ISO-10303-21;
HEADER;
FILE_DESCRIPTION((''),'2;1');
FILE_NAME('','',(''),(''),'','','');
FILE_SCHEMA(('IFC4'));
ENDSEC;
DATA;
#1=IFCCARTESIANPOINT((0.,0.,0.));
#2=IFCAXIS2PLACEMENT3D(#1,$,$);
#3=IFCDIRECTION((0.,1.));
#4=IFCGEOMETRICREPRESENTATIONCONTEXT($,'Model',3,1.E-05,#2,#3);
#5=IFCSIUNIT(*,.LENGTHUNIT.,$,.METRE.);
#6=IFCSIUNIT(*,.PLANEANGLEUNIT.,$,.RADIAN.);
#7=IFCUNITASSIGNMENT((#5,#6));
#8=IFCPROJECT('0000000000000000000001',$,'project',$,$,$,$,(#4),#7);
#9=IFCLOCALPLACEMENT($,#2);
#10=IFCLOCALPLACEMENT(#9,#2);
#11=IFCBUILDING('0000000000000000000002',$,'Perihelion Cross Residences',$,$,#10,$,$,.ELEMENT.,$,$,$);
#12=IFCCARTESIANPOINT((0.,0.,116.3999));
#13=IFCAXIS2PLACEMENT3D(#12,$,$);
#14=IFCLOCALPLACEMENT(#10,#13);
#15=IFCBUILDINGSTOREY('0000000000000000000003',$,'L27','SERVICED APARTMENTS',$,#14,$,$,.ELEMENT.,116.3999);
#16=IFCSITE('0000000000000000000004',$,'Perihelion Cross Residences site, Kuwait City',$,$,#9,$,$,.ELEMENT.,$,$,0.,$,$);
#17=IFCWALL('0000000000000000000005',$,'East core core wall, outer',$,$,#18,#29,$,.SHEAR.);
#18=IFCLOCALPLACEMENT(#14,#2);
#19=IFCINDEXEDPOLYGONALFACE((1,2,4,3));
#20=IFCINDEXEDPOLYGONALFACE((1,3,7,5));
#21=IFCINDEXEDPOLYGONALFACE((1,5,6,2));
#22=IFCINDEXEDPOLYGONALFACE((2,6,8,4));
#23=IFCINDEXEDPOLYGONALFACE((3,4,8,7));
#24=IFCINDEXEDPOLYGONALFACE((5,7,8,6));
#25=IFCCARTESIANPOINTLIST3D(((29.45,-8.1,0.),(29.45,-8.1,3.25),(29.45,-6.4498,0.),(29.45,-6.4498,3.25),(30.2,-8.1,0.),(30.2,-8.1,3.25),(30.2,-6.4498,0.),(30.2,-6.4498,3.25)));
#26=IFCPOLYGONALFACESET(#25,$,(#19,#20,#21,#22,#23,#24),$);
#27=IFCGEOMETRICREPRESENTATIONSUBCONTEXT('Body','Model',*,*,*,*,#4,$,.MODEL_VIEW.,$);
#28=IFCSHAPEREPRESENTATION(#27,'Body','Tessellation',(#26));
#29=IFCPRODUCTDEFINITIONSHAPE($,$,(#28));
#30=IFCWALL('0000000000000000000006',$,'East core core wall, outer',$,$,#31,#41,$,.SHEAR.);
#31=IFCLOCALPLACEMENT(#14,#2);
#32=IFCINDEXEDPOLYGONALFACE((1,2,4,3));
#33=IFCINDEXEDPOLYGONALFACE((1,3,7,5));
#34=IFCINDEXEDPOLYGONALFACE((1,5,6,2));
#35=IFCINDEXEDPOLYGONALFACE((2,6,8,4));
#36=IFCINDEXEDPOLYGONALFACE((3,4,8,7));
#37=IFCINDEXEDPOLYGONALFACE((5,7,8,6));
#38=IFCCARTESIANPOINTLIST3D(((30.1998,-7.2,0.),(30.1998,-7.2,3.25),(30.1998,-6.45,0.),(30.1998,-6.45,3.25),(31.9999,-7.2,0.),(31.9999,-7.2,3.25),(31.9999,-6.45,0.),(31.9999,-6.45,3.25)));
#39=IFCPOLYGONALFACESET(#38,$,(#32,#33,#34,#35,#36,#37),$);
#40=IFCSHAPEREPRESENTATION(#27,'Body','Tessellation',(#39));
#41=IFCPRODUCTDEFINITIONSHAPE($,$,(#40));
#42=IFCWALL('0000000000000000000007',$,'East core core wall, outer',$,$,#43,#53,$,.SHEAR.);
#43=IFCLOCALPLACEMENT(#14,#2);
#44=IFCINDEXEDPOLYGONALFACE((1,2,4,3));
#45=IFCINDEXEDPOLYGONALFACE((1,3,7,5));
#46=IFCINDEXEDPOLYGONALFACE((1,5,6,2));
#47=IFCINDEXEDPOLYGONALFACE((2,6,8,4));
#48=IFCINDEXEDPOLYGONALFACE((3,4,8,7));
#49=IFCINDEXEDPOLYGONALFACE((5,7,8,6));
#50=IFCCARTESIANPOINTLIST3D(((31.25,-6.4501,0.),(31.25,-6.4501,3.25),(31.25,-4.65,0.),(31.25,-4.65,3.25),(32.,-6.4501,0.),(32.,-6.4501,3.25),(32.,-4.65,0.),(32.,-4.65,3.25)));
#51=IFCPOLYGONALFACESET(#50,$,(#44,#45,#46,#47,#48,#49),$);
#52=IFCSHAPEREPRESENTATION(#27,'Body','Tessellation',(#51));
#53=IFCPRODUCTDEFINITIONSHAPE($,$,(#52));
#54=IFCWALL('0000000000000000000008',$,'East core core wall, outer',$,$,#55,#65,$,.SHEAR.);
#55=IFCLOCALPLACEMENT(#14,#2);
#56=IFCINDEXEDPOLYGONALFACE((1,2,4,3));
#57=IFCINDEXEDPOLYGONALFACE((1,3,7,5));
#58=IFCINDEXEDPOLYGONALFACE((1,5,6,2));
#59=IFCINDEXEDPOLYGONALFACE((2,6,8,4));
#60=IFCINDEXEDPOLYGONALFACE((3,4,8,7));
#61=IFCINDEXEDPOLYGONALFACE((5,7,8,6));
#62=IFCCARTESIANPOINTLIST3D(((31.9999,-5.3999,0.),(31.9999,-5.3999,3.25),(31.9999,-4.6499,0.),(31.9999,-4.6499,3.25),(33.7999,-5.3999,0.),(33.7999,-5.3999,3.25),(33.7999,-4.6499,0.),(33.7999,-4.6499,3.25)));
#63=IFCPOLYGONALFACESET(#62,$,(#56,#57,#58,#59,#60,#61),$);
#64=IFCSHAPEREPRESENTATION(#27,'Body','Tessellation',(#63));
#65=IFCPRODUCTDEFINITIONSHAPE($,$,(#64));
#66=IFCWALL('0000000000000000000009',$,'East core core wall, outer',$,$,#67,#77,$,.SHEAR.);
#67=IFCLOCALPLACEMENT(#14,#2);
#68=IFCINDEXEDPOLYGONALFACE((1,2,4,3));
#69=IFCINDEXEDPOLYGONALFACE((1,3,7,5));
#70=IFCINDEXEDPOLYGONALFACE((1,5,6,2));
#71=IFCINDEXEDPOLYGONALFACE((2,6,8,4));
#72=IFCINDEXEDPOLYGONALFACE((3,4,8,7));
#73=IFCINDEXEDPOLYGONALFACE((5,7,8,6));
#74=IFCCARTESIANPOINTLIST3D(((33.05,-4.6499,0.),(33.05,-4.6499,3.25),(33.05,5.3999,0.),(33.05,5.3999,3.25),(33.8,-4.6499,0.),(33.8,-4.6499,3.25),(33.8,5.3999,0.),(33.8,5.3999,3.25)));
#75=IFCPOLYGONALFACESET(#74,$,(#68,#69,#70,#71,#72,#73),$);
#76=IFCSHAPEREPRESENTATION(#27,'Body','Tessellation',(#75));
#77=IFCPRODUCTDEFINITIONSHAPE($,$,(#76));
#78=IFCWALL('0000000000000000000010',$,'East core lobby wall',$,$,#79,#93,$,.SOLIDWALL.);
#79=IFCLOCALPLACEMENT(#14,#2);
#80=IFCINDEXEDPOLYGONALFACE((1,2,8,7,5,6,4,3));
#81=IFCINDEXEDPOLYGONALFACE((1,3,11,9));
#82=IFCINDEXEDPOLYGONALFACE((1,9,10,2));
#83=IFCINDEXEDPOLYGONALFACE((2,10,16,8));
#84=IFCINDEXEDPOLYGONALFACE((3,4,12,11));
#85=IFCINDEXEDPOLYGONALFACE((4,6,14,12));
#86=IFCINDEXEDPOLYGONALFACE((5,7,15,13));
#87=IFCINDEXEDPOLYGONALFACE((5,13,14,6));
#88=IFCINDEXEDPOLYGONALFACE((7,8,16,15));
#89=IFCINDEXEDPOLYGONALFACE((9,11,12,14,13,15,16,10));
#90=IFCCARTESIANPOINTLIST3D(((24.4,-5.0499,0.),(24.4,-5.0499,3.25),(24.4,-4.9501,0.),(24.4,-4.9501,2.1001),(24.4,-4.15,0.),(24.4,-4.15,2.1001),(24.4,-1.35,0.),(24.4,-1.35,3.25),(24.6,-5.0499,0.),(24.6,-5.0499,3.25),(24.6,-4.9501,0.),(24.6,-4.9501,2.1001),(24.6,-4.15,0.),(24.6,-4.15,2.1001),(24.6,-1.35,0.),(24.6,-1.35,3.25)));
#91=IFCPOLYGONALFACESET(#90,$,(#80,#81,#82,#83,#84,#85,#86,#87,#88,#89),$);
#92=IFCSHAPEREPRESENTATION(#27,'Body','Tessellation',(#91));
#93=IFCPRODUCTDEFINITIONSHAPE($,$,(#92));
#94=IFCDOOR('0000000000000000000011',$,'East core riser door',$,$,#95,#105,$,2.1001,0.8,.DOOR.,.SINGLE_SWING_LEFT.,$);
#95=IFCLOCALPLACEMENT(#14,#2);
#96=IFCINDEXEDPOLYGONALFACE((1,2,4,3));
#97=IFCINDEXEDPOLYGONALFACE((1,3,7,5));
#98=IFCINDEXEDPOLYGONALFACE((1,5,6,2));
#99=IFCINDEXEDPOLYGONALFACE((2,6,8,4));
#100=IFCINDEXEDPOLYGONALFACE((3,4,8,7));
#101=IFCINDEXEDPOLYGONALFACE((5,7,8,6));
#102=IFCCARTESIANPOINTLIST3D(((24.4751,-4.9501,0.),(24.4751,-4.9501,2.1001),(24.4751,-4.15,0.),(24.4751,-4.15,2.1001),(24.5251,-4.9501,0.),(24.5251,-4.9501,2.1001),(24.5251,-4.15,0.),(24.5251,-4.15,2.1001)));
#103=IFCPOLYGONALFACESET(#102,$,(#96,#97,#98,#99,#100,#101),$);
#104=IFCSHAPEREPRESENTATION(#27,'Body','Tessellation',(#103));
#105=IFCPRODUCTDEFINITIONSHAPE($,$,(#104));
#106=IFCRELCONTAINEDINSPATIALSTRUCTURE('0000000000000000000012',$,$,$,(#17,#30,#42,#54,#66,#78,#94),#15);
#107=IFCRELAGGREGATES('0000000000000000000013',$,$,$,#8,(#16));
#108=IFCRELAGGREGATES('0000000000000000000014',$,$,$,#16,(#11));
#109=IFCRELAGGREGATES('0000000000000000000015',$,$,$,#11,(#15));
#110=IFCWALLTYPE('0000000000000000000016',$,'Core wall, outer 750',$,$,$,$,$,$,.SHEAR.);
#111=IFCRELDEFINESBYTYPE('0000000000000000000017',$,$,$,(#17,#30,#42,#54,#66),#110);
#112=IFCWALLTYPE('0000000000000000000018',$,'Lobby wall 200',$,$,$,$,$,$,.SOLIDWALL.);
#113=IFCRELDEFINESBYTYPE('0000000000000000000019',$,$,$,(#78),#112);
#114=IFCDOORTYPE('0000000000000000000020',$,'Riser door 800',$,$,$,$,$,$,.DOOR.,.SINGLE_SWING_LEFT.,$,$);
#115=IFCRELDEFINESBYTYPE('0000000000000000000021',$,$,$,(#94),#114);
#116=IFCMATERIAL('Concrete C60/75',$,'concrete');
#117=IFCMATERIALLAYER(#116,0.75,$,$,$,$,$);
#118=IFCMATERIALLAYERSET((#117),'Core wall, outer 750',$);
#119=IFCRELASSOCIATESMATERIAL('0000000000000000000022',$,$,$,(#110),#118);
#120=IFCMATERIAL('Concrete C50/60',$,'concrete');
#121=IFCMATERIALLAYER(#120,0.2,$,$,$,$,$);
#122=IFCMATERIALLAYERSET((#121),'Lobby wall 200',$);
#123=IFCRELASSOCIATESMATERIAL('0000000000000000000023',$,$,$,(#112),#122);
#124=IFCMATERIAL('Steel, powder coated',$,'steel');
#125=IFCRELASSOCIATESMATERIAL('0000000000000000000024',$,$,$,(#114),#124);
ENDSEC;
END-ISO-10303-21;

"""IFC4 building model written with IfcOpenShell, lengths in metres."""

from ifc_helpers import new_model, si_unit, direction, frame, frame_2d, origin, place, context, subcontext, project, spatial, rectangle, extrude, material, layer, layer_set, type_object, element, fill, save


model = new_model("IFC4")

# Units and contexts
model_context = context("Model", 3, precision=1e-05, world=origin(), true_north=direction((0.0, 1.0)))
body_context = subcontext(model_context, "Body", "Model", "MODEL_VIEW")
ifc_project = project(units=[si_unit("LENGTHUNIT", "METRE"), si_unit("PLANEANGLEUNIT", "RADIAN")], contexts=[model_context])

# Site, building, storey
site_placement = place(None, origin())
site = spatial("IfcSite", under=ifc_project, at=site_placement, Name="Perihelion Cross Residences site, Kuwait City", CompositionType="ELEMENT", RefElevation=0.0)
building_placement = place(site_placement, origin())
building = spatial("IfcBuilding", under=site, at=building_placement, Name="Perihelion Cross Residences", CompositionType="ELEMENT")
storey_placement = place(building_placement, frame((0.0, 0.0, 116.3999)))
storey = spatial("IfcBuildingStorey", under=building, at=storey_placement, Name="L27", Description="SERVICED APARTMENTS", CompositionType="ELEMENT", Elevation=116.3999)

# Walls
ifc_material_1 = material(Name="Concrete C60/75", Category="concrete")
ifc_layer_1 = layer(ifc_material_1, 0.75)
ifc_layer_set_1 = layer_set([ifc_layer_1], Name="Core wall, outer 750")
wall_type_1 = type_object("IfcWallType", Name="Core wall, outer 750", PredefinedType="SHEAR", material=ifc_layer_set_1)
wall_1_placement = place(storey_placement, frame((29.825, -8.1001, 0.0), z_axis=(0.0, 0.0, 1.0), x_axis=(0.0, 1.0, 0.0)))
element("IfcWall", 1, at=wall_1_placement, inside=storey, type_object=wall_type_1, Name="East core core wall, outer", PredefinedType="SHEAR", context=body_context, shape_type="SweptSolid", body=[
    extrude(rectangle(XDim=1.6501, YDim=0.75, at=frame_2d((0.8252, 0.0))), origin(), (0.0, 0.0, 1.0), 3.25),
])
for number, where, z_axis, x_axis, name in (
    (2, (30.2, -6.825, 0.0), (0.0, 0.0, 1.0), (1.0, 0.0, 0.0), "East core core wall, outer"),
    (3, (31.625, -6.45, 0.0), (0.0, 0.0, 1.0), (0.0, 1.0, 0.0), "East core core wall, outer"),
    (4, (32.0, -5.0249, 0.0), (0.0, 0.0, 1.0), (1.0, 0.0, 0.0), "East core core wall, outer"),
):
    element("IfcWall", number, at=place(storey_placement, frame(where, z_axis=z_axis, x_axis=x_axis)), inside=storey, type_object=wall_type_1, Name=name, PredefinedType="SHEAR", context=body_context, shape_type="SweptSolid", body=[
        extrude(rectangle(XDim=1.8, YDim=0.75, at=frame_2d((0.8999, 0.0))), origin(), (0.0, 0.0, 1.0), 3.25),
    ])
wall_2_placement = place(storey_placement, frame((33.425, -4.6499, 0.0), z_axis=(0.0, 0.0, 1.0), x_axis=(0.0, 1.0, 0.0)))
element("IfcWall", 5, at=wall_2_placement, inside=storey, type_object=wall_type_1, Name="East core core wall, outer", PredefinedType="SHEAR", context=body_context, shape_type="SweptSolid", body=[
    extrude(rectangle(XDim=10.0498, YDim=0.75, at=frame_2d((5.0249, 0.0))), origin(), (0.0, 0.0, 1.0), 3.25),
])

# Wall, opening, door
ifc_material_2 = material(Name="Concrete C50/60", Category="concrete")
ifc_layer_2 = layer(ifc_material_2, 0.2)
ifc_layer_set_2 = layer_set([ifc_layer_2], Name="Lobby wall 200")
wall_type_2 = type_object("IfcWallType", Name="Lobby wall 200", PredefinedType="SOLIDWALL", material=ifc_layer_set_2)
wall_3_placement = place(storey_placement, frame((24.5, -5.05, 0.0), z_axis=(0.0, 0.0, 1.0), x_axis=(0.0, 1.0, 0.0)))
wall_3 = element("IfcWall", 6, at=wall_3_placement, inside=storey, type_object=wall_type_2, Name="East core lobby wall", PredefinedType="SOLIDWALL", context=body_context, shape_type="SweptSolid", body=[
    extrude(rectangle(XDim=3.7, YDim=0.2, at=frame_2d((1.8501, 0.0))), origin(), (0.0, 0.0, 1.0), 3.25),
])
opening_1_placement = place(wall_3_placement, frame((0.1001, 0.0, 0.0)))
opening_1 = element("IfcOpeningElement", 7, at=opening_1_placement, cuts=wall_3, PredefinedType="OPENING", context=body_context, shape_type="SweptSolid", body=[
    extrude(rectangle(XDim=0.8, YDim=2.1001, at=frame_2d((0.3999, 1.05))), frame((0.0, 0.1099, 0.0), z_axis=(0.0, -1.0, 0.0), x_axis=(1.0, 0.0, 0.0)), (0.0, 0.0, 1.0), 0.22),
])
ifc_material_3 = material(Name="Steel, powder coated", Category="steel")
door_type_1 = type_object("IfcDoorType", Name="Riser door 800", OperationType="SINGLE_SWING_LEFT", PredefinedType="DOOR", material=ifc_material_3)
door_1_placement = place(opening_1_placement, origin())
door_1 = element("IfcDoor", 8, at=door_1_placement, inside=storey, type_object=door_type_1, Name="East core riser door", OperationType="SINGLE_SWING_LEFT", OverallHeight=2.1001, OverallWidth=0.8, PredefinedType="DOOR", context=body_context, shape_type="SweptSolid", body=[
    extrude(rectangle(XDim=0.8, YDim=2.1001, at=frame_2d((0.3999, 1.05))), frame((0.0, 0.0249, 0.0), z_axis=(0.0, -1.0, 0.0), x_axis=(1.0, 0.0, 0.0)), (0.0, 0.0, 1.0), 0.05),
])
fill(opening_1, door_1)

save(model, "model.ifc")
